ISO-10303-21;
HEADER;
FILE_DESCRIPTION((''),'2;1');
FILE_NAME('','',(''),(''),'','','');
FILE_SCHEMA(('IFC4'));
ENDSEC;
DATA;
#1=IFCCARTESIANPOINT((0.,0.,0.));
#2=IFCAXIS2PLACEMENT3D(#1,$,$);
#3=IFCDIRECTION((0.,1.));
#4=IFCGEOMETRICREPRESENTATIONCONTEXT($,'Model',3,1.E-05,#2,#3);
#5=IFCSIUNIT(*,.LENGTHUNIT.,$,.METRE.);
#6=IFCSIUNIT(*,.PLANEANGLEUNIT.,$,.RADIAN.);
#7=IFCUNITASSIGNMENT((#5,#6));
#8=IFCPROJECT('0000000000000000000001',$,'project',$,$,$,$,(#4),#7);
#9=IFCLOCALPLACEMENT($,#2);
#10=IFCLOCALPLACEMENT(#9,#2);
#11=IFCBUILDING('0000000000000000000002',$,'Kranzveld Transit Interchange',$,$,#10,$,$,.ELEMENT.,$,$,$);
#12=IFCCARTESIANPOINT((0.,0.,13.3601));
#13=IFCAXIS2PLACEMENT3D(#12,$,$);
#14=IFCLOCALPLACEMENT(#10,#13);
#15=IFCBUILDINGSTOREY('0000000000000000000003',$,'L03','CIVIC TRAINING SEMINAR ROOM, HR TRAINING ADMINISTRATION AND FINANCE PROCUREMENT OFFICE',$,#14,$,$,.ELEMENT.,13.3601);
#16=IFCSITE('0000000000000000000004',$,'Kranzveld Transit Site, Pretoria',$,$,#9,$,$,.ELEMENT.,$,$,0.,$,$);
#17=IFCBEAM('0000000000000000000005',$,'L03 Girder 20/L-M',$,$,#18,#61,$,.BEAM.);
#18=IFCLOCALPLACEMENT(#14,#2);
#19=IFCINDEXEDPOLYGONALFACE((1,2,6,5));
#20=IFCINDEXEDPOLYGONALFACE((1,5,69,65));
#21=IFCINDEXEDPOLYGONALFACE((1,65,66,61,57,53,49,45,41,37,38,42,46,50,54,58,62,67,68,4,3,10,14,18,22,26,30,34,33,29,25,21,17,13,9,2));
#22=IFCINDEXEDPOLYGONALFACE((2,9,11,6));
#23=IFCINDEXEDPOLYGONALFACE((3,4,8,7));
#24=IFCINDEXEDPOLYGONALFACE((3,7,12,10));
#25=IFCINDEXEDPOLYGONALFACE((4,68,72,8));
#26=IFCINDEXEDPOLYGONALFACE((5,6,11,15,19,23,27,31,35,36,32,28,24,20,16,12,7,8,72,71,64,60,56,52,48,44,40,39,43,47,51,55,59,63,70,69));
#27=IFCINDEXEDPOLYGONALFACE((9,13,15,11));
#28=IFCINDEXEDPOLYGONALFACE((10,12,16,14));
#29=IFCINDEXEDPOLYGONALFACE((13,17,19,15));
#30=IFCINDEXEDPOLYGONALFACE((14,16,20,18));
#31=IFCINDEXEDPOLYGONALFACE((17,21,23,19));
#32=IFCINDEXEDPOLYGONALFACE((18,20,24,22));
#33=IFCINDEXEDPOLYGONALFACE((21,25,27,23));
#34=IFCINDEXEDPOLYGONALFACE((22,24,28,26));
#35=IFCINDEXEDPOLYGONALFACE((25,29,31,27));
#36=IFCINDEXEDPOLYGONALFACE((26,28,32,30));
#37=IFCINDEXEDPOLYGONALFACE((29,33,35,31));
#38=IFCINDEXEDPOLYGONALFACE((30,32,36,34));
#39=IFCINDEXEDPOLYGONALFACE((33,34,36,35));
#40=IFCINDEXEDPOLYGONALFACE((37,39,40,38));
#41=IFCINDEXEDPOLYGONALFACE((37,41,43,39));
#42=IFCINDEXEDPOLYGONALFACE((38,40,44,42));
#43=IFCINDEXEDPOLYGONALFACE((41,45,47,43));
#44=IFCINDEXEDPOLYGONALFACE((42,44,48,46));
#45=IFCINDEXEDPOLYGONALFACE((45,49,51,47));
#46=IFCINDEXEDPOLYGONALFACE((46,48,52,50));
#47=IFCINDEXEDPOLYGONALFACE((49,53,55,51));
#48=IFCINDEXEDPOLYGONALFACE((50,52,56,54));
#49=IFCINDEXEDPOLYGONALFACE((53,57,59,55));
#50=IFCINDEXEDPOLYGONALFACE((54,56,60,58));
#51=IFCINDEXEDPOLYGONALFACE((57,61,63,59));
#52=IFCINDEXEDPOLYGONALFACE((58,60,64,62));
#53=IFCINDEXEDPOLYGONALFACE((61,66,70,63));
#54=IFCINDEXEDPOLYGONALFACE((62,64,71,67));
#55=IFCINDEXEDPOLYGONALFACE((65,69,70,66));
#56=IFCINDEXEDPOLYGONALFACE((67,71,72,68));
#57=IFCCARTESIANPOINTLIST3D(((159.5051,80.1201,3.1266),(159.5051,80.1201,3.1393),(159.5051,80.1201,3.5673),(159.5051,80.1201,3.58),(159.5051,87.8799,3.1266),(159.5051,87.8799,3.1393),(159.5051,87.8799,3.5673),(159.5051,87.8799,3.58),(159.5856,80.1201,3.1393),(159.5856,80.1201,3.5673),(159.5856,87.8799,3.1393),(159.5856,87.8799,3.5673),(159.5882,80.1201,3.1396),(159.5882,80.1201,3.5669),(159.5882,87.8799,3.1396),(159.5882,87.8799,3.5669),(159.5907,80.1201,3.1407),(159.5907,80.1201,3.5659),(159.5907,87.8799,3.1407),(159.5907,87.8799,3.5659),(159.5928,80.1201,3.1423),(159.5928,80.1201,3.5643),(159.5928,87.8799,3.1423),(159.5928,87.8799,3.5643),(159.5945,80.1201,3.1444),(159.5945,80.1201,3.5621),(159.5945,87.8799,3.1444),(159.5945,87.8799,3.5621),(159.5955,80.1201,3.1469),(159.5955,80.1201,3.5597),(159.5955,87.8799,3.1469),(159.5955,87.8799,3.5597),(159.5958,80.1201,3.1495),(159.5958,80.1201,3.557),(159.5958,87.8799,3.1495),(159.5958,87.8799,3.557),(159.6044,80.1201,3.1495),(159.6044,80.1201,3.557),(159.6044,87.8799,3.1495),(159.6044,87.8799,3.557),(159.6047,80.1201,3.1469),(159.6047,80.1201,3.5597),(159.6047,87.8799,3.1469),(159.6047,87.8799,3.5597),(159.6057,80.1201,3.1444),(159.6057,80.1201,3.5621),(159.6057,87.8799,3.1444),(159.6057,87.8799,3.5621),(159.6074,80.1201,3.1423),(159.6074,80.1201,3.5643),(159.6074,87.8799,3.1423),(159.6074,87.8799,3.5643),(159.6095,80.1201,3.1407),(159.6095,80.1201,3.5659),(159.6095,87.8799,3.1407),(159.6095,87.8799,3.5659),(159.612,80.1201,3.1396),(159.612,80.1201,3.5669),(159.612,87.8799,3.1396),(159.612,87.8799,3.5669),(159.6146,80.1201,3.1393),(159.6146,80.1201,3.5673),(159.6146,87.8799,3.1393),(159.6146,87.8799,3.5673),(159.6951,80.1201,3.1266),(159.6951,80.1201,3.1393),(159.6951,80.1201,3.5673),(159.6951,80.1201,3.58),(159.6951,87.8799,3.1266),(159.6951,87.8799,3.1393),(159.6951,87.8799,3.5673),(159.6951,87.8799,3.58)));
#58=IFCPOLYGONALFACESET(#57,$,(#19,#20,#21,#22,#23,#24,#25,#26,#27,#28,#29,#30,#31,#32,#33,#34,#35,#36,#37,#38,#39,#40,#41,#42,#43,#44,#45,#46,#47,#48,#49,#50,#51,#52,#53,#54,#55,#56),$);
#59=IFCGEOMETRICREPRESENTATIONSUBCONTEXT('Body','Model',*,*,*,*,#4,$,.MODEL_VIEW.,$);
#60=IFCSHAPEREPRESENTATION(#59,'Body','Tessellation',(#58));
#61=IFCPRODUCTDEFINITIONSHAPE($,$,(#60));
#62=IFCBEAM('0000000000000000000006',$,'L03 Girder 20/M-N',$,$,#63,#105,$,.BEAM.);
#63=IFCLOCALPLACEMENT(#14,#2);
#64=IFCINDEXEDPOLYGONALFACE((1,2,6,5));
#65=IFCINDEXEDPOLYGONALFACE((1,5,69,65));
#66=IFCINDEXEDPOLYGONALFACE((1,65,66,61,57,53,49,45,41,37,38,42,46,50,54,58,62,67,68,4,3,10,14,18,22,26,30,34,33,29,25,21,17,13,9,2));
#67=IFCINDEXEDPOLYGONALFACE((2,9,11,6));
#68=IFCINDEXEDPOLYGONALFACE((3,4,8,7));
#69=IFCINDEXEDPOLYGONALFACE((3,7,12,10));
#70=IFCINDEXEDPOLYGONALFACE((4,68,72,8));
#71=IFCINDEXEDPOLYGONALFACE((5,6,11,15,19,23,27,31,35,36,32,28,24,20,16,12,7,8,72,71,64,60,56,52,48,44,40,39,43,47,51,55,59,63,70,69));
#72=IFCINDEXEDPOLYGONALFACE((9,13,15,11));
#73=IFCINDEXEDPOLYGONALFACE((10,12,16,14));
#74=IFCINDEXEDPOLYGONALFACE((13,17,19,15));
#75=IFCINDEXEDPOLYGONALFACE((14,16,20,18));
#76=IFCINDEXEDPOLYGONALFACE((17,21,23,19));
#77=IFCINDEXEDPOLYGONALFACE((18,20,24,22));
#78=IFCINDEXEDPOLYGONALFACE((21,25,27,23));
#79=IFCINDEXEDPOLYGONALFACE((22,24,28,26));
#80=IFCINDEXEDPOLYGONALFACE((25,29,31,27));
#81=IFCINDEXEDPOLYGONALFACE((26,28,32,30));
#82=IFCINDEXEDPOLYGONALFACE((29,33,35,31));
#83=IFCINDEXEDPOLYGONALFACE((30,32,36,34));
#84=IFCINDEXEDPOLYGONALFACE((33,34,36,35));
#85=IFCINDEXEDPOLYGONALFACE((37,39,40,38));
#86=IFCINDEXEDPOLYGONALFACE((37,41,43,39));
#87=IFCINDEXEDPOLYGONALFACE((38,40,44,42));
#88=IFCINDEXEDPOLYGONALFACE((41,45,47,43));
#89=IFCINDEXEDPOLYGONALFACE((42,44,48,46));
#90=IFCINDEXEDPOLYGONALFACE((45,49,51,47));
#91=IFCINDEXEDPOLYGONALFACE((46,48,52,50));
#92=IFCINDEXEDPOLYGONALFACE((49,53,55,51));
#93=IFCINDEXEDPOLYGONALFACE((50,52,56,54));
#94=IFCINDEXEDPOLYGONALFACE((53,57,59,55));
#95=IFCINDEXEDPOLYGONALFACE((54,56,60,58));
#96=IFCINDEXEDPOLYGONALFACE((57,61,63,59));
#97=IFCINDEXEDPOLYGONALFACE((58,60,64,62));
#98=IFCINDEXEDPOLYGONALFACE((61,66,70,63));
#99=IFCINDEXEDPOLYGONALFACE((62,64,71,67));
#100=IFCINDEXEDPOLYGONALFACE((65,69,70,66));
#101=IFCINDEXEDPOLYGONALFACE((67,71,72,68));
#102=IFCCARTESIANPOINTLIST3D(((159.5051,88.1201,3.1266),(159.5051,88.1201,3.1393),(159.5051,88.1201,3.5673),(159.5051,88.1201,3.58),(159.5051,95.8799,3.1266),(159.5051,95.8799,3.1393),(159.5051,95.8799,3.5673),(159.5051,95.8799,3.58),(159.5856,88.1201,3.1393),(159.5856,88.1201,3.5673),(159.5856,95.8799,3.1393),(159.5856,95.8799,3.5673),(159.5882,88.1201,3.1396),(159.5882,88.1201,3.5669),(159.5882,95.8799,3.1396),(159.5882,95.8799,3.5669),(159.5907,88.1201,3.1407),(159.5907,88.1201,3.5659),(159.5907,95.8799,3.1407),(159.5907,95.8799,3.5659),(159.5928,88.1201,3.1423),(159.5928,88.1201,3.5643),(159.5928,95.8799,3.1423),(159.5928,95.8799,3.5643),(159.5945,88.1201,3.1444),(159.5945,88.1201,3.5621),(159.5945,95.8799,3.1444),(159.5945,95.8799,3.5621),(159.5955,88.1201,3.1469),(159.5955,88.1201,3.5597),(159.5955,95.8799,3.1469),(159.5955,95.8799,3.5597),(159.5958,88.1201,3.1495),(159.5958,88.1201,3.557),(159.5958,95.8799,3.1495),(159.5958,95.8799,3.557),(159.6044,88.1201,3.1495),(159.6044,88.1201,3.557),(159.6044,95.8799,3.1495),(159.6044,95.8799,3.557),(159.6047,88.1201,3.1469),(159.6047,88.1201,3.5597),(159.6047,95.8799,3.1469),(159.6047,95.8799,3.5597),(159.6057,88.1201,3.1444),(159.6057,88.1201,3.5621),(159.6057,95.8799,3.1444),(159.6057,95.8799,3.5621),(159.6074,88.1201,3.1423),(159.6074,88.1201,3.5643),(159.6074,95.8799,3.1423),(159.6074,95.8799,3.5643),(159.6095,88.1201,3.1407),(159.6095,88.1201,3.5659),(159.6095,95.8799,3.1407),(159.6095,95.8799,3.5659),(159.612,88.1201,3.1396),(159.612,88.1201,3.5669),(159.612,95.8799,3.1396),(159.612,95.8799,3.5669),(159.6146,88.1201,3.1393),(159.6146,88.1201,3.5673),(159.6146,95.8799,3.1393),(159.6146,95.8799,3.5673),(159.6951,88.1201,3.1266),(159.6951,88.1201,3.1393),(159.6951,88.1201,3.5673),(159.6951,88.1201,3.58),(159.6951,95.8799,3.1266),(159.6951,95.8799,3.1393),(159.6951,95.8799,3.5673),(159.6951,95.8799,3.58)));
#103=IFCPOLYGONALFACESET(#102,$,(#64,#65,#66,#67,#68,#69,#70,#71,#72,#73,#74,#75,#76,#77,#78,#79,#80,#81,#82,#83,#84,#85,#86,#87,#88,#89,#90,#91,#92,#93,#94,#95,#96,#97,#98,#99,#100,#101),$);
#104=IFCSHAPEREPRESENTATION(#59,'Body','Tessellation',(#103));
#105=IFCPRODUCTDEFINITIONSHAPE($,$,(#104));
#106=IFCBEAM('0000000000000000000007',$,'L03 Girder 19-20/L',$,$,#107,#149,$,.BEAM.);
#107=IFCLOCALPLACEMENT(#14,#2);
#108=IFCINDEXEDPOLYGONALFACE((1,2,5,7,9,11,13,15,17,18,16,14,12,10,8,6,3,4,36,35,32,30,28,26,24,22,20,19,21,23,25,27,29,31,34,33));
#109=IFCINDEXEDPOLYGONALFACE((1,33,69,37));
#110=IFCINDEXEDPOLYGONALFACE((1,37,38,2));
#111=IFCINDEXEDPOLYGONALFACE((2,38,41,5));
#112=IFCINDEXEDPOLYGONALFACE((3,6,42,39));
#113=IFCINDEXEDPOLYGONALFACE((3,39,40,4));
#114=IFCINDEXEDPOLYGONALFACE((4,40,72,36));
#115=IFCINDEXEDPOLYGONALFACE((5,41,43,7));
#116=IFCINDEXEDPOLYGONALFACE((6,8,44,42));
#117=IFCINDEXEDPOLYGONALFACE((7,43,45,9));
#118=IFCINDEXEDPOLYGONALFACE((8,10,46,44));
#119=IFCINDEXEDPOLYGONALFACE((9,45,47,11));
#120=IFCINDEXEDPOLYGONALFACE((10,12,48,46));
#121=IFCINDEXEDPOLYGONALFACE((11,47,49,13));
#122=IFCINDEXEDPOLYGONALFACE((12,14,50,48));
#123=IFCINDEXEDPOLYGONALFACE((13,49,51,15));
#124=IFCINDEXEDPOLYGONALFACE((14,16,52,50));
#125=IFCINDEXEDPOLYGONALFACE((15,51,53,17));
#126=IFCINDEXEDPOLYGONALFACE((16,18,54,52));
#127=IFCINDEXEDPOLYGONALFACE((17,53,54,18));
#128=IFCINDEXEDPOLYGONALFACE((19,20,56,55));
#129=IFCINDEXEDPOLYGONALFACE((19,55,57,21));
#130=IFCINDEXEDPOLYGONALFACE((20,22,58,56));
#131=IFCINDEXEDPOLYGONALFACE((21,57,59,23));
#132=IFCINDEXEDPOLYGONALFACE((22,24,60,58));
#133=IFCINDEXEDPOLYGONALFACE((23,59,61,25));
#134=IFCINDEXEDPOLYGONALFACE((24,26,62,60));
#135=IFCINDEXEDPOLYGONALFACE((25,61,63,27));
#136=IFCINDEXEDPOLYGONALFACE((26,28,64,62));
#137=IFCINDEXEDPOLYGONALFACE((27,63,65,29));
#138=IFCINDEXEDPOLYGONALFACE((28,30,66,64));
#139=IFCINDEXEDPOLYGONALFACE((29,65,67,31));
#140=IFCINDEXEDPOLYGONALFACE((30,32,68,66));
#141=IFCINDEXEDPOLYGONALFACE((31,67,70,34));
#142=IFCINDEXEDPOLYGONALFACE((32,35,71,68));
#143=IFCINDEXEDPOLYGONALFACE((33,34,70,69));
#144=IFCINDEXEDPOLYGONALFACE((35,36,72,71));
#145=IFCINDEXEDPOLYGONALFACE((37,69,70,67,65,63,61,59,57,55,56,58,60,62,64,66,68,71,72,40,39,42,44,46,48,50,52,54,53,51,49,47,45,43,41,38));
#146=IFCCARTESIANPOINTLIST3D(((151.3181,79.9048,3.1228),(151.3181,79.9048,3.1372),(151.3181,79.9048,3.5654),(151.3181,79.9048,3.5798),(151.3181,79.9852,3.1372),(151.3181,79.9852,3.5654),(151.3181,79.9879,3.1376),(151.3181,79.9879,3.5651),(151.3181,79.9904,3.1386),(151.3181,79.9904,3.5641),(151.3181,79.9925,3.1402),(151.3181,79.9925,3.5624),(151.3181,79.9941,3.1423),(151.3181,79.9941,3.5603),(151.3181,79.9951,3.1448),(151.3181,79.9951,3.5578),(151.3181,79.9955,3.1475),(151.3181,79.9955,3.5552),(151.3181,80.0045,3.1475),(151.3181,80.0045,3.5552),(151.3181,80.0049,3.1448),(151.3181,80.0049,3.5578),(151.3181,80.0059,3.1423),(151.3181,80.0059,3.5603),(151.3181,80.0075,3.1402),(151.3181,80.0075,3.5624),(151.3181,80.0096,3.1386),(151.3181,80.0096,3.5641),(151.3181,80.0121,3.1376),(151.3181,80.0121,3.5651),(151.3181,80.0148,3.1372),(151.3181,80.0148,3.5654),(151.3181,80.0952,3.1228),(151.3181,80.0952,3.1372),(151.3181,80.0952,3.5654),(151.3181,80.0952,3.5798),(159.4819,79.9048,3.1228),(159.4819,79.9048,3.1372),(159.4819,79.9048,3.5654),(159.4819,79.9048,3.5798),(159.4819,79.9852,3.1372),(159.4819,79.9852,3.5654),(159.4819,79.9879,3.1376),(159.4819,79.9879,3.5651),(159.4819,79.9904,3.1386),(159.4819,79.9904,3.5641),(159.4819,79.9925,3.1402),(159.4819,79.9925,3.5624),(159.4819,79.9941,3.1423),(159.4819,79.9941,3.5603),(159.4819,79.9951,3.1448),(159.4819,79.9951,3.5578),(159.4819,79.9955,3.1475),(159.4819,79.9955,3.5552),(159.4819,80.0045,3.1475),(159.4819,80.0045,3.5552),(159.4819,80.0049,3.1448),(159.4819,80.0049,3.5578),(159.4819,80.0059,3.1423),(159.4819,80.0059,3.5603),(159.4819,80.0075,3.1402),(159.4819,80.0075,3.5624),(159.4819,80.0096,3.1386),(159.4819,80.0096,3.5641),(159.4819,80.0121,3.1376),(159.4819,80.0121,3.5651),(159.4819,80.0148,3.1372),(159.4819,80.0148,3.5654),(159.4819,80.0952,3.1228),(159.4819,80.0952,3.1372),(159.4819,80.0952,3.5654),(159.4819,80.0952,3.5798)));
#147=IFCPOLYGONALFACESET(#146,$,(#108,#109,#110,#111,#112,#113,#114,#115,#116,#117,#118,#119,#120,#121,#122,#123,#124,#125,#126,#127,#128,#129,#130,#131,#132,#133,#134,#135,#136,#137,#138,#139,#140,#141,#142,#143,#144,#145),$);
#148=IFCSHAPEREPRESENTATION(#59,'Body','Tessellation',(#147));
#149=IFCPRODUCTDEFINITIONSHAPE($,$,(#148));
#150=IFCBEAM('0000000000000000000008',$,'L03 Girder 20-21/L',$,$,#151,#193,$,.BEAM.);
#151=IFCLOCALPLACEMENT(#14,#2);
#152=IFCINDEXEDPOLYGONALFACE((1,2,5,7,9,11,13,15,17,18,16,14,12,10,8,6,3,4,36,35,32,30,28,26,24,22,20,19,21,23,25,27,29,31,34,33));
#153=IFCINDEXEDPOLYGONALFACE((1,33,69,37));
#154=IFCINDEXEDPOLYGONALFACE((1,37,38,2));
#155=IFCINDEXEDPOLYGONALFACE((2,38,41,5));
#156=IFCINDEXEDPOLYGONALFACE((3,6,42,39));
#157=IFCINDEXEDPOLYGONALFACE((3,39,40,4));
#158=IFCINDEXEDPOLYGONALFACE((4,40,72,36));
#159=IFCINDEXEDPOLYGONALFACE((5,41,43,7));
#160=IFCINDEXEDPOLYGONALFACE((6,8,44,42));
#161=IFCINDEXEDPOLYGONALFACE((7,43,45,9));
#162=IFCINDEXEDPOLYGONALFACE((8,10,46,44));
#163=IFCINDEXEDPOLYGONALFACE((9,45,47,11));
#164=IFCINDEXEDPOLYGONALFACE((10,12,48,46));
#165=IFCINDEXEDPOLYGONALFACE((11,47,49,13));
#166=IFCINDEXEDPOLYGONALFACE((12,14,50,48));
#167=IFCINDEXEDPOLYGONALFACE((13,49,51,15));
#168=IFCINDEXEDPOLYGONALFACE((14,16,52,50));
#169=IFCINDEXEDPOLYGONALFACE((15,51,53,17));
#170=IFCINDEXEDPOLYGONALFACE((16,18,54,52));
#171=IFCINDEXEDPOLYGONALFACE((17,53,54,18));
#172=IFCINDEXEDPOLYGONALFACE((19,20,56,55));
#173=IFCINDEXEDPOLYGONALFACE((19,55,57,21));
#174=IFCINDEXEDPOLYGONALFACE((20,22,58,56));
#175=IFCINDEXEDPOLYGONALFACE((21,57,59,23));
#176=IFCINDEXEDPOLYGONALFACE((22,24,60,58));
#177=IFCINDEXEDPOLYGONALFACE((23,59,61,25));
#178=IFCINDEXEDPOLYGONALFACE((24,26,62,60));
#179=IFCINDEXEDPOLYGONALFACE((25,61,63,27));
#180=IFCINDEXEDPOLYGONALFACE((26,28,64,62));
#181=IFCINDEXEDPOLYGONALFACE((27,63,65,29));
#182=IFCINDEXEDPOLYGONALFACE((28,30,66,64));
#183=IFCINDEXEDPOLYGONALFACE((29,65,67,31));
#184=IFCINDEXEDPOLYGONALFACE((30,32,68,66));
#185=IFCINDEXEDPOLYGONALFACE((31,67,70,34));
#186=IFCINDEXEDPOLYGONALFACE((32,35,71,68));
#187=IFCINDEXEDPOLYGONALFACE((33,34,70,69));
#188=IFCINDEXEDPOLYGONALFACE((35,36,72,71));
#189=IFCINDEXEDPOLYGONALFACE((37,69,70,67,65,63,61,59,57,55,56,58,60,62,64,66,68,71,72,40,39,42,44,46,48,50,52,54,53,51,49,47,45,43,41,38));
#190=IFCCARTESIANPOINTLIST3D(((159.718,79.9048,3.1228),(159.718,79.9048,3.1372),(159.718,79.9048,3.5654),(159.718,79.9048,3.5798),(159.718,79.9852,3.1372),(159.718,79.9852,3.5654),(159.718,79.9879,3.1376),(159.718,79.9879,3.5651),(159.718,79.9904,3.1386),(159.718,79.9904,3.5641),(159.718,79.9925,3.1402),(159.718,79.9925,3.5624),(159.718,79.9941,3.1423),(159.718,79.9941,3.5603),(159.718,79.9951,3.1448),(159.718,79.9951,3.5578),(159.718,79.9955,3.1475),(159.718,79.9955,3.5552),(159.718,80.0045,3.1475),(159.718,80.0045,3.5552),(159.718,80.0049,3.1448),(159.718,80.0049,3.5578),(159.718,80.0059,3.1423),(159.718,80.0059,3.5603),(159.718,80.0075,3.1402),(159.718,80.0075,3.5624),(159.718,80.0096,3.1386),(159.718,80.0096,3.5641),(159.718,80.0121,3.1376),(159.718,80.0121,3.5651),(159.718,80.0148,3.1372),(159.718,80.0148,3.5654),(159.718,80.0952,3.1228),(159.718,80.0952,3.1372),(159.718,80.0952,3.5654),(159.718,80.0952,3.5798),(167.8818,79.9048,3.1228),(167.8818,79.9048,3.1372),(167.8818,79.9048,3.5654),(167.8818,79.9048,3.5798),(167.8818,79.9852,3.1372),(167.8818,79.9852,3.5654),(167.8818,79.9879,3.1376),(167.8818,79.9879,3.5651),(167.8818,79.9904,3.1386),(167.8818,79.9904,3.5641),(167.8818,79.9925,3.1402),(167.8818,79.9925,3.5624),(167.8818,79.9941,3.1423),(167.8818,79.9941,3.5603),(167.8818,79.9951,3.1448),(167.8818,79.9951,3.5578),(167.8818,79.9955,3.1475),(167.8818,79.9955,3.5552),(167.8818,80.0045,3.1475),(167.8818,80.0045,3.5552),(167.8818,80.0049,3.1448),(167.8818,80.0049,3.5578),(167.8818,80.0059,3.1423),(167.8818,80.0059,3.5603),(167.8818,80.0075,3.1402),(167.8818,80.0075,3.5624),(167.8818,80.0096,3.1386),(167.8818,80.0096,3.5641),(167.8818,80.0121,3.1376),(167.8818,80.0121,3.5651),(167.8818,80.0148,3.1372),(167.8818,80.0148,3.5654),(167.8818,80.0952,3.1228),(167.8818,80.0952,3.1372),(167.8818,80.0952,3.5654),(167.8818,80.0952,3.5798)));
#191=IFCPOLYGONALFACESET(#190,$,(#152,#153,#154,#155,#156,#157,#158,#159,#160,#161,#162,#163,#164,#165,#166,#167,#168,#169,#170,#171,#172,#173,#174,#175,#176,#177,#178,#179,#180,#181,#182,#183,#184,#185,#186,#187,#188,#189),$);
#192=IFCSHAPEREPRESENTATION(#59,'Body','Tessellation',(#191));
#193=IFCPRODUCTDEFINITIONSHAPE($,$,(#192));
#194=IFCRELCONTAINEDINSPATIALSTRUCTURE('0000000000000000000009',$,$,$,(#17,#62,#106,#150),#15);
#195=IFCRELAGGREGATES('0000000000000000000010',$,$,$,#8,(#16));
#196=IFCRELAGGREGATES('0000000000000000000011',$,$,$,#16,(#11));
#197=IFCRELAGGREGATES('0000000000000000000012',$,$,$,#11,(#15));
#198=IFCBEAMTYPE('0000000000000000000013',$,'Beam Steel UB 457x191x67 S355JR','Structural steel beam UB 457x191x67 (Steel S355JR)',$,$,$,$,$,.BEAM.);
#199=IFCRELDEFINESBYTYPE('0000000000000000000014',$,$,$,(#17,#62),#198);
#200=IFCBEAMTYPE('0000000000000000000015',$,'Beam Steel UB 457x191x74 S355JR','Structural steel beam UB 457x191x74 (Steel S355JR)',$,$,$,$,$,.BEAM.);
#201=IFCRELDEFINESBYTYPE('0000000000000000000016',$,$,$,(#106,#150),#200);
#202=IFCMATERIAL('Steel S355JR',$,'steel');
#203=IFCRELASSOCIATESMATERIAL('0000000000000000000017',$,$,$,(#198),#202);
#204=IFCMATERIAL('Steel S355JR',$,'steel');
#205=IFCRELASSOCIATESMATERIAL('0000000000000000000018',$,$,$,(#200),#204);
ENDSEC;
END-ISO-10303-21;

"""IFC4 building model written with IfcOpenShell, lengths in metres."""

from ifc_helpers import new_model, si_unit, direction, frame, origin, origin_2d, place, context, subcontext, project, spatial, i_section, extrude, material, material_profile, profile_set, type_object, element, save


model = new_model("IFC4")

# Units and contexts
model_context = context("Model", 3, precision=1e-05, world=origin(), true_north=direction((0.0, 1.0)))
body_context = subcontext(model_context, "Body", "Model", "MODEL_VIEW")
ifc_project = project(units=[si_unit("LENGTHUNIT", "METRE"), si_unit("PLANEANGLEUNIT", "RADIAN")], contexts=[model_context])

# Site, building, storey
site_placement = place(None, origin())
site = spatial("IfcSite", under=ifc_project, at=site_placement, Name="Kranzveld Transit Site, Pretoria", CompositionType="ELEMENT", RefElevation=0.0)
building_placement = place(site_placement, origin())
building = spatial("IfcBuilding", under=site, at=building_placement, Name="Kranzveld Transit Interchange", CompositionType="ELEMENT")
storey_placement = place(building_placement, frame((0.0, 0.0, 13.3601)))
storey = spatial("IfcBuildingStorey", under=building, at=storey_placement, Name="L03", Description="CIVIC TRAINING SEMINAR ROOM, HR TRAINING ADMINISTRATION AND FINANCE PROCUREMENT OFFICE", CompositionType="ELEMENT", Elevation=13.3601)

# Beams
ifc_material_1 = material(Name="Steel S355JR", Category="steel")
ifc_material_profile_1 = material_profile(ifc_material_1, i_section(OverallWidth=0.1899, OverallDepth=0.4534, WebThickness=0.0085, FlangeThickness=0.0127, FilletRadius=0.0103, at=origin_2d()), Name="UB 457x191x67")
ifc_profile_set_1 = profile_set([ifc_material_profile_1], Name="Steel S355JR")
beam_type_1 = type_object("IfcBeamType", Name="Beam Steel UB 457x191x67 S355JR", Description="Structural steel beam UB 457x191x67 (Steel S355JR)", PredefinedType="BEAM", material=ifc_profile_set_1)
for number, where, z_axis, x_axis, name in (
    (1, (159.6001, 80.1201, 3.3533), (0.0, 1.0, 0.0), (-1.0, 0.0, 0.0), "L03 Girder 20/L-M"),
    (2, (159.6001, 88.1201, 3.3533), (0.0, 1.0, 0.0), (-1.0, 0.0, 0.0), "L03 Girder 20/M-N"),
):
    element("IfcBeam", number, at=place(storey_placement, frame(where, z_axis=z_axis, x_axis=x_axis)), inside=storey, type_object=beam_type_1, Name=name, PredefinedType="BEAM", context=body_context, shape_type="SweptSolid", body=[
        extrude(i_section(OverallWidth=0.1899, OverallDepth=0.4534, WebThickness=0.0085, FlangeThickness=0.0127, FilletRadius=0.0103, at=origin_2d()), origin(), (0.0, 0.0, 1.0), 7.7598),
    ])
ifc_material_2 = material(Name="Steel S355JR", Category="steel")
ifc_material_profile_2 = material_profile(ifc_material_2, i_section(OverallWidth=0.1904, OverallDepth=0.457, WebThickness=0.009, FlangeThickness=0.0144, FilletRadius=0.0103, at=origin_2d()), Name="UB 457x191x74")
ifc_profile_set_2 = profile_set([ifc_material_profile_2], Name="Steel S355JR")
beam_type_2 = type_object("IfcBeamType", Name="Beam Steel UB 457x191x74 S355JR", Description="Structural steel beam UB 457x191x74 (Steel S355JR)", PredefinedType="BEAM", material=ifc_profile_set_2)
for number, where, z_axis, x_axis, name in (
    (3, (151.3181, 80.0, 3.3513), (1.0, 0.0, 0.0), (0.0, 1.0, 0.0), "L03 Girder 19-20/L"),
    (4, (159.718, 80.0, 3.3513), (1.0, 0.0, 0.0), (0.0, 1.0, 0.0), "L03 Girder 20-21/L"),
):
    element("IfcBeam", number, at=place(storey_placement, frame(where, z_axis=z_axis, x_axis=x_axis)), inside=storey, type_object=beam_type_2, Name=name, PredefinedType="BEAM", context=body_context, shape_type="SweptSolid", body=[
        extrude(i_section(OverallWidth=0.1904, OverallDepth=0.457, WebThickness=0.009, FlangeThickness=0.0144, FilletRadius=0.0103, at=origin_2d()), origin(), (0.0, 0.0, 1.0), 8.1638),
    ])

save(model, "model.ifc")
